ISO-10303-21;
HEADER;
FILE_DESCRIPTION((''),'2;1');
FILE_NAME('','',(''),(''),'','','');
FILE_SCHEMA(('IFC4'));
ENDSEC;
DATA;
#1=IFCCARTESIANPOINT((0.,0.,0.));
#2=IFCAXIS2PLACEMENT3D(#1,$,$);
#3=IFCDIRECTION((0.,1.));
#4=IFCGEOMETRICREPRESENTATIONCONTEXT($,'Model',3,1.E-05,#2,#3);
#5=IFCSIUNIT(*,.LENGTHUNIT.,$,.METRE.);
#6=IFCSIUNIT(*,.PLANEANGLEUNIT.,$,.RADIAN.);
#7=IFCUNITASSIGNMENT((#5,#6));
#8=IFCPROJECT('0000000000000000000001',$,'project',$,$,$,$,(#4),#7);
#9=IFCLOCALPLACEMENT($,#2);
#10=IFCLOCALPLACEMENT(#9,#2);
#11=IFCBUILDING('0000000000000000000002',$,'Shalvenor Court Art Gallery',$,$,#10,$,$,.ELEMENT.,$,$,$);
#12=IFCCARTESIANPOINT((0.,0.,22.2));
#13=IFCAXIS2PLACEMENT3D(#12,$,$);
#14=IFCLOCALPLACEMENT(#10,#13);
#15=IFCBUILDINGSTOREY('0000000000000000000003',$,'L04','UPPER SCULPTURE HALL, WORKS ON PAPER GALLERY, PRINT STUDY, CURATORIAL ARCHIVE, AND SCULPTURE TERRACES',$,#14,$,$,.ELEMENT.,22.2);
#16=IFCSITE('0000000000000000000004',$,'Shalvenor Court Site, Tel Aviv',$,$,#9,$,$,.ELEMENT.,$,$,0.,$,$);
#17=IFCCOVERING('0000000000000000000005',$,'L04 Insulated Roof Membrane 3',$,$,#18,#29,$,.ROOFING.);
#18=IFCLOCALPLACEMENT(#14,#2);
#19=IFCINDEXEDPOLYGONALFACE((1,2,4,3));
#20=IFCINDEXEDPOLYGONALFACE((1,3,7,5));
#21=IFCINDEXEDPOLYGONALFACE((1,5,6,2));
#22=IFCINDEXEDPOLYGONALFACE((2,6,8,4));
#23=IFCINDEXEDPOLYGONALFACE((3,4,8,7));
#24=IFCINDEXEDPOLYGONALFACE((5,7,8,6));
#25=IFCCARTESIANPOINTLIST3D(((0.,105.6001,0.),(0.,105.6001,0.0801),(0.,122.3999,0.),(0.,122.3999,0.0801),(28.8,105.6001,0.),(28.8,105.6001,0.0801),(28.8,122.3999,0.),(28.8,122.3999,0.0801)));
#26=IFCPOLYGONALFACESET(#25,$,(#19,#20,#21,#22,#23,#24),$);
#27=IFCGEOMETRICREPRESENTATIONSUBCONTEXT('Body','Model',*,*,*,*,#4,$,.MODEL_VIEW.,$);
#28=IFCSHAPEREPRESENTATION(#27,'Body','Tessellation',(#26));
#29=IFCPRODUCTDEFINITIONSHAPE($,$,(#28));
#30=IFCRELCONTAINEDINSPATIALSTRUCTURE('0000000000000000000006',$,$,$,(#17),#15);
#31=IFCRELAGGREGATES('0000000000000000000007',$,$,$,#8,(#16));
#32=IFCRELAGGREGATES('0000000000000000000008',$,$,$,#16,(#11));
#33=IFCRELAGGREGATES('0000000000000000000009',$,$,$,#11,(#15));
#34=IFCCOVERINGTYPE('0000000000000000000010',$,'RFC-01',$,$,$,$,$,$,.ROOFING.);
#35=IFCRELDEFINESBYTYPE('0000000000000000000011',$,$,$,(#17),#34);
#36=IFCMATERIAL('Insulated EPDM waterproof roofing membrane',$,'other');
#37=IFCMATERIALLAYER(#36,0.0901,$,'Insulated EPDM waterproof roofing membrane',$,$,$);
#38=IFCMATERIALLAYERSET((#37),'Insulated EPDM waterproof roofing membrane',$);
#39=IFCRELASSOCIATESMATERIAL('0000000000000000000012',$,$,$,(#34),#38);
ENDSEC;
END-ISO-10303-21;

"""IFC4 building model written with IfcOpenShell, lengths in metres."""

from ifc_helpers import new_model, si_unit, direction, frame, origin, place, context, subcontext, project, spatial, polyline, outline, extrude, material, layer, layer_set, type_object, element, save


model = new_model("IFC4")

# Units and contexts
model_context = context("Model", 3, precision=1e-05, world=origin(), true_north=direction((0.0, 1.0)))
body_context = subcontext(model_context, "Body", "Model", "MODEL_VIEW")
ifc_project = project(units=[si_unit("LENGTHUNIT", "METRE"), si_unit("PLANEANGLEUNIT", "RADIAN")], contexts=[model_context])

# Site, building, storey
site_placement = place(None, origin())
site = spatial("IfcSite", under=ifc_project, at=site_placement, Name="Shalvenor Court Site, Tel Aviv", CompositionType="ELEMENT", RefElevation=0.0)
building_placement = place(site_placement, origin())
building = spatial("IfcBuilding", under=site, at=building_placement, Name="Shalvenor Court Art Gallery", CompositionType="ELEMENT")
storey_placement = place(building_placement, frame((0.0, 0.0, 22.2)))
storey = spatial("IfcBuildingStorey", under=building, at=storey_placement, Name="L04", Description="UPPER SCULPTURE HALL, WORKS ON PAPER GALLERY, PRINT STUDY, CURATORIAL ARCHIVE, AND SCULPTURE TERRACES", CompositionType="ELEMENT", Elevation=22.2)

# Covering
ifc_material_1 = material(Name="Insulated EPDM waterproof roofing membrane", Category="other")
ifc_layer_1 = layer(ifc_material_1, 0.0901, Name="Insulated EPDM waterproof roofing membrane")
ifc_layer_set_1 = layer_set([ifc_layer_1], Name="Insulated EPDM waterproof roofing membrane")
covering_type_1 = type_object("IfcCoveringType", Name="RFC-01", PredefinedType="ROOFING", material=ifc_layer_set_1)
covering_1_placement = place(storey_placement, origin())
element("IfcCovering", 1, at=covering_1_placement, inside=storey, type_object=covering_type_1, Name="L04 Insulated Roof Membrane 3", PredefinedType="ROOFING", context=body_context, shape_type="SweptSolid", body=[
    extrude(outline(polyline([(28.8, 105.6001), (28.8, 122.3999), (0.0, 122.3999), (0.0, 105.6001), (28.8, 105.6001)])), origin(), (0.0, 0.0, 1.0), 0.0801),
])

save(model, "model.ifc")
